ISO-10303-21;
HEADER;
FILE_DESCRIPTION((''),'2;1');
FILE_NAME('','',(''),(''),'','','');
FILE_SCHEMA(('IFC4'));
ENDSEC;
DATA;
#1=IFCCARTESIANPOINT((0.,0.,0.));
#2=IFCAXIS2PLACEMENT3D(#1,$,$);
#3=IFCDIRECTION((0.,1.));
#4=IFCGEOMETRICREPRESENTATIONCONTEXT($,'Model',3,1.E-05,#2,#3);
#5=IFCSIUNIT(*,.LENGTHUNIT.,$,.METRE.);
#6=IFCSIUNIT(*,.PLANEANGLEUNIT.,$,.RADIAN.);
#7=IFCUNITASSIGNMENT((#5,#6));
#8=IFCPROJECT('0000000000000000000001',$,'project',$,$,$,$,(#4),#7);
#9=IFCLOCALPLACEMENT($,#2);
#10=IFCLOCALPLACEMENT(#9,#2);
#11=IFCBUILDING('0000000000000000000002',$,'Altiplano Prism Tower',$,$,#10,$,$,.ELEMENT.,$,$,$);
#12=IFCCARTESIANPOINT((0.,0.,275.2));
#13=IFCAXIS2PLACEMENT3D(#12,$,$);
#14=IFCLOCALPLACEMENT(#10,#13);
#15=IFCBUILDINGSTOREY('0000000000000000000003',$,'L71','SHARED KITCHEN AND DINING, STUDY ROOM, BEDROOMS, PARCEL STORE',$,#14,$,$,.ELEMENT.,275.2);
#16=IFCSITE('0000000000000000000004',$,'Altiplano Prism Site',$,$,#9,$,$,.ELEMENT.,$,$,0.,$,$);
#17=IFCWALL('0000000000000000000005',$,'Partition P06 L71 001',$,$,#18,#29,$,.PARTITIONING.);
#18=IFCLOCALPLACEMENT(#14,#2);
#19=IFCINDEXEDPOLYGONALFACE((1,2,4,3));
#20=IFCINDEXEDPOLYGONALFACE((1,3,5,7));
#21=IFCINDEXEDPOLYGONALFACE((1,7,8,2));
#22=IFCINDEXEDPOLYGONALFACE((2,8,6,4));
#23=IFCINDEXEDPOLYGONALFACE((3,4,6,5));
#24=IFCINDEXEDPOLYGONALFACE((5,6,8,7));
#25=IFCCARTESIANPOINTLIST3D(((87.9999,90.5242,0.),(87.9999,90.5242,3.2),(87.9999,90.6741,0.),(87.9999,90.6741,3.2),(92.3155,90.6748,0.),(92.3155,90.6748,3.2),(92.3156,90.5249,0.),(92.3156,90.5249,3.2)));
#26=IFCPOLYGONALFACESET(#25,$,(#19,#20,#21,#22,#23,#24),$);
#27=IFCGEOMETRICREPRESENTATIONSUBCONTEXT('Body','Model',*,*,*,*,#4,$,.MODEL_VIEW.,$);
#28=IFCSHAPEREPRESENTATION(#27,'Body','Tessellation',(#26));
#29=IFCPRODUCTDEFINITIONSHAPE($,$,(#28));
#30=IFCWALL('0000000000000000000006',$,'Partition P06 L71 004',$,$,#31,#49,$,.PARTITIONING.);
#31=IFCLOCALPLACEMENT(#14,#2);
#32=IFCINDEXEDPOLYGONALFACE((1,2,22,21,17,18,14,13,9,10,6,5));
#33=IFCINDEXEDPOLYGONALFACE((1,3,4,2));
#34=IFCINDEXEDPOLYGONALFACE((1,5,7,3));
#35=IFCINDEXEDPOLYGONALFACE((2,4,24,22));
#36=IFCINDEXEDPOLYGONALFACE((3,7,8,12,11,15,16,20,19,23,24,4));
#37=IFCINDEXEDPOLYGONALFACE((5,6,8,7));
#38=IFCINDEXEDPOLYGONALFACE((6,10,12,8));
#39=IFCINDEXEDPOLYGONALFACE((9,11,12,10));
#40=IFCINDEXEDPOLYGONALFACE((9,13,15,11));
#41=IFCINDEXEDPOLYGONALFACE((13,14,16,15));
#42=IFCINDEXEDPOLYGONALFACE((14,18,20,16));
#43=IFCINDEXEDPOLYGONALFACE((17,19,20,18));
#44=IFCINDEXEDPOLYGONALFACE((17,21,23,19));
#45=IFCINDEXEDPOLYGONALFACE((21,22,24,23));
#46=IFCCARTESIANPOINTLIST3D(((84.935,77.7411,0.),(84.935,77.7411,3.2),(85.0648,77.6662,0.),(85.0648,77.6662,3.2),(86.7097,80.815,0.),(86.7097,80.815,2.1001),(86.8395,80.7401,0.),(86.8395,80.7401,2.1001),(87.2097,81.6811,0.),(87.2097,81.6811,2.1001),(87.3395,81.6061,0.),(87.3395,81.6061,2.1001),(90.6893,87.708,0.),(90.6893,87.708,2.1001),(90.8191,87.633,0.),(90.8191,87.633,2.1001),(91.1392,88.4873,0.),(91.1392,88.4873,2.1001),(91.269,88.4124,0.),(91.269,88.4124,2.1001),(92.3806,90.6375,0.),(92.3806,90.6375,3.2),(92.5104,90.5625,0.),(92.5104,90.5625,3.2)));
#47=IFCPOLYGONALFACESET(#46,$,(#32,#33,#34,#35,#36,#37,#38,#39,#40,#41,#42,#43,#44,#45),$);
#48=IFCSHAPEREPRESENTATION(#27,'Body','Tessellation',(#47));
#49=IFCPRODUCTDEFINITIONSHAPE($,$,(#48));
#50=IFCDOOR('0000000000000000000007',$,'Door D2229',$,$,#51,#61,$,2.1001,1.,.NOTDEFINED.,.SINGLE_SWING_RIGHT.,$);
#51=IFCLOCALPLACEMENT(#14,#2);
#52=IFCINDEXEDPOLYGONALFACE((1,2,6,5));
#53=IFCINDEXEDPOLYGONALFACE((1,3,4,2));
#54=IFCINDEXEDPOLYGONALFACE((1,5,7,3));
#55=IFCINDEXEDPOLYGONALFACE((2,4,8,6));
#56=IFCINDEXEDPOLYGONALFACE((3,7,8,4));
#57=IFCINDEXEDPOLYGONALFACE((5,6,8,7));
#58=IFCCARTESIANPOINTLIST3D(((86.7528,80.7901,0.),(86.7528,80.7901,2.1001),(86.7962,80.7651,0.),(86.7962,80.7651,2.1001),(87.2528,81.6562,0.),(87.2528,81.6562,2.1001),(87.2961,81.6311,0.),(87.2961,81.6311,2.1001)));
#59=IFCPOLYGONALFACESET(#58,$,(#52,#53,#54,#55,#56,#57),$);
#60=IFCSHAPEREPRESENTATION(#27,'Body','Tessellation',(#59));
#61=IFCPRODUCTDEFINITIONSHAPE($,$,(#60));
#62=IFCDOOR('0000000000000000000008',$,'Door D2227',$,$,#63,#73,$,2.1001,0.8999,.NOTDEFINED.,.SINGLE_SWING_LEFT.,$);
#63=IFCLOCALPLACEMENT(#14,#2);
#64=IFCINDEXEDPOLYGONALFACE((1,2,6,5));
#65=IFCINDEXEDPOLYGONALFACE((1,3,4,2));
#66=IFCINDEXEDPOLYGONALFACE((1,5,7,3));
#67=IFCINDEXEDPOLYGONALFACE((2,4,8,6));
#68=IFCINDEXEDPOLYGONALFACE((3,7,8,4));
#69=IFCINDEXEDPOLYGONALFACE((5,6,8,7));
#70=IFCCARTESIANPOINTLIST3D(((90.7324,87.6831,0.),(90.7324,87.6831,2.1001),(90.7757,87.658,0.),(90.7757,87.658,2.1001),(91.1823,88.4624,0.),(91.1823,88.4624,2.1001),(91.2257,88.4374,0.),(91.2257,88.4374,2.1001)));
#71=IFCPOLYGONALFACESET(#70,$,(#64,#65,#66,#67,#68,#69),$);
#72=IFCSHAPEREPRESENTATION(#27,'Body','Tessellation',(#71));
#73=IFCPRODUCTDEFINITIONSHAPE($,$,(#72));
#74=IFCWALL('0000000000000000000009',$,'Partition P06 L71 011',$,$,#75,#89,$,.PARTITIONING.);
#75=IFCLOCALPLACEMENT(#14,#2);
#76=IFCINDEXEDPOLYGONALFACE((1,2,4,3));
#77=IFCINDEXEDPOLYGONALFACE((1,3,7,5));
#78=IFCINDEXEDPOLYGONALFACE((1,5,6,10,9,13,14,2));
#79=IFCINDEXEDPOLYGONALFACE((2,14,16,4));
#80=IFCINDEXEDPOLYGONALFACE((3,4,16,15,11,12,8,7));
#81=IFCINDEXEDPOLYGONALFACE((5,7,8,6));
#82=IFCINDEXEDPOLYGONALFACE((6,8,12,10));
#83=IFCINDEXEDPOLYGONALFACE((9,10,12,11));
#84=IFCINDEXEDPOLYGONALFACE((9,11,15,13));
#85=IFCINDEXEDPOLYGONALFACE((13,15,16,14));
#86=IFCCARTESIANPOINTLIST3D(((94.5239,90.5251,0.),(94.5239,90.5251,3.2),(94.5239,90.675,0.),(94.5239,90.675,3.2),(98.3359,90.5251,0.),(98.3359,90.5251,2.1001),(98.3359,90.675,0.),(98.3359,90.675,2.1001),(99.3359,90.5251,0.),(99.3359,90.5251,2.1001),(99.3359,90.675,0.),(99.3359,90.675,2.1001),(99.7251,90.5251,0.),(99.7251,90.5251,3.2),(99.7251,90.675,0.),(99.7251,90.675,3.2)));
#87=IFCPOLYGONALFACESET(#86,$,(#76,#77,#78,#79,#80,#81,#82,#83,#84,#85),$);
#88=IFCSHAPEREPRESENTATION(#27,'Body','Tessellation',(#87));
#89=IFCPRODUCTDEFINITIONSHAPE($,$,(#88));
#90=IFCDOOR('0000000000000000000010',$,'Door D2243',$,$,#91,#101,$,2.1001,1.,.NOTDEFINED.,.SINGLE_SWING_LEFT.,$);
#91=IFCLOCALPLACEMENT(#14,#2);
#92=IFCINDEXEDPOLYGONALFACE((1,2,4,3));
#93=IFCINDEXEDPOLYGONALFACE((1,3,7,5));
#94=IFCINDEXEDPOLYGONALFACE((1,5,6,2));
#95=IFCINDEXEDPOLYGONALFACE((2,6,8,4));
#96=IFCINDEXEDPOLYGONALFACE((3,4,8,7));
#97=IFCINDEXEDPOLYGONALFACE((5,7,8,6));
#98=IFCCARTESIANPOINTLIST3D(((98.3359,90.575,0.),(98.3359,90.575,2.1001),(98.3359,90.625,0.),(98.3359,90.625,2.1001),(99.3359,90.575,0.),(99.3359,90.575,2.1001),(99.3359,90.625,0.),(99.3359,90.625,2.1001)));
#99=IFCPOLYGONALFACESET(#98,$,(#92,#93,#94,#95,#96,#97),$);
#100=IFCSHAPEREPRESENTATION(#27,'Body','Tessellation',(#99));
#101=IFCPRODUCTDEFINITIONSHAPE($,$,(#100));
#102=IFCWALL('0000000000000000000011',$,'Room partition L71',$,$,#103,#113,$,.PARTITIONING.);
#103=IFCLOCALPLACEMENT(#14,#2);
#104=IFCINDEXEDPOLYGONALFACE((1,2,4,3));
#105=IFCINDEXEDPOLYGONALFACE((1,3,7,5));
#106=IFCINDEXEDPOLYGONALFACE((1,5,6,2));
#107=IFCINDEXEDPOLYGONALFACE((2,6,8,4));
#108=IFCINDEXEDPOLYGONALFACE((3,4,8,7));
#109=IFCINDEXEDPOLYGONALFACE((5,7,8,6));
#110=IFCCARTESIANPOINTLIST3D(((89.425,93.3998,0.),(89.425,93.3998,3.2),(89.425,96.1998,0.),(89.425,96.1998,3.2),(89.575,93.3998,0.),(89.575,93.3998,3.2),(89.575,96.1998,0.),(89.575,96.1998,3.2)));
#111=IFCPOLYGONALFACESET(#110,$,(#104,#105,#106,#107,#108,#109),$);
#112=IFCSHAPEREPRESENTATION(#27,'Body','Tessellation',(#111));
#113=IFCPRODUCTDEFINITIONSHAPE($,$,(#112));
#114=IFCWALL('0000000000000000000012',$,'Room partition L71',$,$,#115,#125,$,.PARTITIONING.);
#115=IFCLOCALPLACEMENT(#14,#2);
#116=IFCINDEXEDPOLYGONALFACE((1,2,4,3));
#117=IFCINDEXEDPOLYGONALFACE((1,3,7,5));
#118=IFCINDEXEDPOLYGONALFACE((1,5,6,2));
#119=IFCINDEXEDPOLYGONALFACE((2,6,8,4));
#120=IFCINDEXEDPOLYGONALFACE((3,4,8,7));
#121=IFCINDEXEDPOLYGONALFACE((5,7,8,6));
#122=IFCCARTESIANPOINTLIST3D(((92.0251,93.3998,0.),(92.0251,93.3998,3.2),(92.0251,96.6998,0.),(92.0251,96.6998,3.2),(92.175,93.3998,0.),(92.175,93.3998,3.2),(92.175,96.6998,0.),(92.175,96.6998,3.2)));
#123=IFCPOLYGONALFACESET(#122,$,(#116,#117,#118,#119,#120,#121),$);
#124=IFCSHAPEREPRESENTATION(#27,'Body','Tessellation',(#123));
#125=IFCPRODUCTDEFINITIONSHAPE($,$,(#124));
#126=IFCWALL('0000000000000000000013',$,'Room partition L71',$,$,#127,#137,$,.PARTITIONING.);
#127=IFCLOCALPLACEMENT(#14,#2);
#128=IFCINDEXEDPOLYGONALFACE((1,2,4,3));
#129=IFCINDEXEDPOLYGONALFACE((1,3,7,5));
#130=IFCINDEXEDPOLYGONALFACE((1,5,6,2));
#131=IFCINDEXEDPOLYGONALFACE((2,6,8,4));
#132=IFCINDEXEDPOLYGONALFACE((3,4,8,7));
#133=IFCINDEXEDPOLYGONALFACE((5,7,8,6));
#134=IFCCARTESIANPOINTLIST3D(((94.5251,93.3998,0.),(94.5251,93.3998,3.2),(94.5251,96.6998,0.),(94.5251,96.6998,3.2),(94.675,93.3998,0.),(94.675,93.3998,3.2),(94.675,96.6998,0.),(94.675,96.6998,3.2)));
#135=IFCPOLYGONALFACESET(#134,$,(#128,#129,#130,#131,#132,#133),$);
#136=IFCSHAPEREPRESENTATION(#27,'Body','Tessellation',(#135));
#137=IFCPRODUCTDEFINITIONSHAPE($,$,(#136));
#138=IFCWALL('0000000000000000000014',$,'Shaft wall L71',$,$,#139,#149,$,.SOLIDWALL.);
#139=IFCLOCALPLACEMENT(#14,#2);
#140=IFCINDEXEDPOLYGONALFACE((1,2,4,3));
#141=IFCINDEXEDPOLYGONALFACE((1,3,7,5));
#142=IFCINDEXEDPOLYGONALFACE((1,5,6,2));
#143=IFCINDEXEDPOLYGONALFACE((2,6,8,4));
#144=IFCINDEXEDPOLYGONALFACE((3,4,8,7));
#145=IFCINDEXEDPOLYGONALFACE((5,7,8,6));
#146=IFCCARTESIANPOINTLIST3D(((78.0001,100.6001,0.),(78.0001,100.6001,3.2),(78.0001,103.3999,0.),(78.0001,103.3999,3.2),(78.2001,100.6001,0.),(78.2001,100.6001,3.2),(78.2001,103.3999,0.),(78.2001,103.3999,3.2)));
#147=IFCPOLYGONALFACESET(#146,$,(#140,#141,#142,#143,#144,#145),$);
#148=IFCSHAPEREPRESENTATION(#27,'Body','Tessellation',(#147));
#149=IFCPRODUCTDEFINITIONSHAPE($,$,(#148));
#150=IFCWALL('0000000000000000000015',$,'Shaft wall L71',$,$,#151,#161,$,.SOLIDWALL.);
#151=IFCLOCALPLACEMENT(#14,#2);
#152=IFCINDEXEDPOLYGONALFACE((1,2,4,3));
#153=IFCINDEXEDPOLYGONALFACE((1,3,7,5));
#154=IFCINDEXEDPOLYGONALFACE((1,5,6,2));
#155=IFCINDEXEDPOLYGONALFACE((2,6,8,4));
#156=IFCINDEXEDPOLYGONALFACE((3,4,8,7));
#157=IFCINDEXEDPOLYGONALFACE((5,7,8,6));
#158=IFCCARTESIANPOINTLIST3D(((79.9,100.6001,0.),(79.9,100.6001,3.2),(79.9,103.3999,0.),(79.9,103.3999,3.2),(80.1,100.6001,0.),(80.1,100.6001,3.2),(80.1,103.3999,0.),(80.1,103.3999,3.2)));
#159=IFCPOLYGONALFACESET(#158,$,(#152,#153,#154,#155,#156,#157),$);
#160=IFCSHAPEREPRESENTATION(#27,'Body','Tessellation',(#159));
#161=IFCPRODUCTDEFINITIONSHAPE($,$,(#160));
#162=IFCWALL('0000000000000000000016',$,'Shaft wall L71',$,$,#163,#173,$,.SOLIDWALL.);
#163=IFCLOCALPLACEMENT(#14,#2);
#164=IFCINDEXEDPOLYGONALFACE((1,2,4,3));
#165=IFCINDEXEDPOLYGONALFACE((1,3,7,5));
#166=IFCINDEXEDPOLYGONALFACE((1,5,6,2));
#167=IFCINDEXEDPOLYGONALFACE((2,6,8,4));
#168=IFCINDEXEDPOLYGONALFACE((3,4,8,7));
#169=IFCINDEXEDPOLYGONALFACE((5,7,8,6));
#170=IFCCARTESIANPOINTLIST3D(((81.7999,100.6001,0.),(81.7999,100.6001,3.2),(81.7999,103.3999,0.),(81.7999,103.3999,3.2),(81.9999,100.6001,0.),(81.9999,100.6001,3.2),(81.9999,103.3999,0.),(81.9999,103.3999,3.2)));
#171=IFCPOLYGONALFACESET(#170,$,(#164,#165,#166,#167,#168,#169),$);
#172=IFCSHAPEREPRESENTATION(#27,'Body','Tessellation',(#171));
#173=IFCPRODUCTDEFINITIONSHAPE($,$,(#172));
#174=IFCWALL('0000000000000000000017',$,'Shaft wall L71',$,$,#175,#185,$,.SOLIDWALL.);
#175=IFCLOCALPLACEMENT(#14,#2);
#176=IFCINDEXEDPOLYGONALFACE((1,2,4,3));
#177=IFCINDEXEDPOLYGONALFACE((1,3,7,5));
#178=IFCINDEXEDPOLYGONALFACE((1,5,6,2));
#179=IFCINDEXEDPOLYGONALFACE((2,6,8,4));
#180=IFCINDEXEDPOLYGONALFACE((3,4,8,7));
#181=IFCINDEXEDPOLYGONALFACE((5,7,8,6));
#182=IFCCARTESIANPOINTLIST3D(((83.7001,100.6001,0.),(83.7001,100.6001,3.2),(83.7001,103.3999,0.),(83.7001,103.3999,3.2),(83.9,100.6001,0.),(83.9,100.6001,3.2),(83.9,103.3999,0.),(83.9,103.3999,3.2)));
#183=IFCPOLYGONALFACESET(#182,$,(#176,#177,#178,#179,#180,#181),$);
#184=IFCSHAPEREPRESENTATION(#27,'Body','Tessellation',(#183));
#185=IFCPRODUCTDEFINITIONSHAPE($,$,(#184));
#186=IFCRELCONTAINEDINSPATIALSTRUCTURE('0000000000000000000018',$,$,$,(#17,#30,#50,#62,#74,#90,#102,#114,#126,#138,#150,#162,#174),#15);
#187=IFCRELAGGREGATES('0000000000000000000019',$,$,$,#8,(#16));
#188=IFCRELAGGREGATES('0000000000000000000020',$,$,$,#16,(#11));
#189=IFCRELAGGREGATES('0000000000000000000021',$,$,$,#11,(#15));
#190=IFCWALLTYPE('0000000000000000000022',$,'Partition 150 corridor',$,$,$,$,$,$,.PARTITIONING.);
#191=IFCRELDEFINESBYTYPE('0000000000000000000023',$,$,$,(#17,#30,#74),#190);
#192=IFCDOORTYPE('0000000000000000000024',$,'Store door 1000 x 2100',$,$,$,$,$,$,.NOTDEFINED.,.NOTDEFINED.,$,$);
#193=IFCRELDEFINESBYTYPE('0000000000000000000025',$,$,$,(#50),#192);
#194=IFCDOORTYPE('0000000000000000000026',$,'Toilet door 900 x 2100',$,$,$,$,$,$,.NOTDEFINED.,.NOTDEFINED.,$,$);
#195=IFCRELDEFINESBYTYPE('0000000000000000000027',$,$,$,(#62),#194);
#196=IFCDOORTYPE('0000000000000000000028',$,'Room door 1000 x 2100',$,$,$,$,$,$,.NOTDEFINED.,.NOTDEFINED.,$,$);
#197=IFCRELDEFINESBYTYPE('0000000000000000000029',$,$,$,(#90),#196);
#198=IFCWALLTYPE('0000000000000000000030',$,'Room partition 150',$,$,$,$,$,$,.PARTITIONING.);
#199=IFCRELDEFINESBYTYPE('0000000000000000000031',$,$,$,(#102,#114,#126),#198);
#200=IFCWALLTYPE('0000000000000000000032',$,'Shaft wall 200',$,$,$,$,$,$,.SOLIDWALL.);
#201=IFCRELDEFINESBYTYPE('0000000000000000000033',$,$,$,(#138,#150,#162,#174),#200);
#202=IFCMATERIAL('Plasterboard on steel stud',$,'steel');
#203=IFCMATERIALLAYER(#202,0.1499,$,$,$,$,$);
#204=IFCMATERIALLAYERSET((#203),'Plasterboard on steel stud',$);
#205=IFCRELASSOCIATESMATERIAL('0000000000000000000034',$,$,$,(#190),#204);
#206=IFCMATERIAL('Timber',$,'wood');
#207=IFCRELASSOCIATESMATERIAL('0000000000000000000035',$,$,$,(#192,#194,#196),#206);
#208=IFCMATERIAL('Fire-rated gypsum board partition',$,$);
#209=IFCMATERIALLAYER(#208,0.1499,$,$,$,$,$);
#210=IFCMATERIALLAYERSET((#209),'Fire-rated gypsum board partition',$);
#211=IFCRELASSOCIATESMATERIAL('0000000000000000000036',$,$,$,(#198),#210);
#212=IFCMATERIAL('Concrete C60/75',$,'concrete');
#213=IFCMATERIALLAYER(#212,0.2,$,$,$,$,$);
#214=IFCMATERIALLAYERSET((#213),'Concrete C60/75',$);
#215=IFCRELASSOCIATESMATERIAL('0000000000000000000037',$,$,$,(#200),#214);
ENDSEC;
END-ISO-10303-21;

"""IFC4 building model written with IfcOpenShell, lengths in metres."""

from ifc_helpers import new_model, si_unit, direction, frame, frame_2d, origin, place, context, subcontext, project, spatial, rectangle, extrude, material, layer, layer_set, type_object, element, fill, save


model = new_model("IFC4")

# Units and contexts
model_context = context("Model", 3, precision=1e-05, world=origin(), true_north=direction((0.0, 1.0)))
body_context = subcontext(model_context, "Body", "Model", "MODEL_VIEW")
ifc_project = project(units=[si_unit("LENGTHUNIT", "METRE"), si_unit("PLANEANGLEUNIT", "RADIAN")], contexts=[model_context])

# Site, building, storey
site_placement = place(None, origin())
site = spatial("IfcSite", under=ifc_project, at=site_placement, Name="Altiplano Prism Site", CompositionType="ELEMENT", RefElevation=0.0)
building_placement = place(site_placement, origin())
building = spatial("IfcBuilding", under=site, at=building_placement, Name="Altiplano Prism Tower", CompositionType="ELEMENT")
storey_placement = place(building_placement, frame((0.0, 0.0, 275.2)))
storey = spatial("IfcBuildingStorey", under=building, at=storey_placement, Name="L71", Description="SHARED KITCHEN AND DINING, STUDY ROOM, BEDROOMS, PARCEL STORE", CompositionType="ELEMENT", Elevation=275.2)

# Wall
ifc_material_1 = material(Name="Plasterboard on steel stud", Category="steel")
ifc_layer_1 = layer(ifc_material_1, 0.1499)
ifc_layer_set_1 = layer_set([ifc_layer_1], Name="Plasterboard on steel stud")
wall_type_1 = type_object("IfcWallType", Name="Partition 150 corridor", PredefinedType="PARTITIONING", material=ifc_layer_set_1)
wall_1_placement = place(storey_placement, frame((88.0, 90.5991, 0.0), z_axis=(0.0, 0.0, 1.0), x_axis=(1.0, 0.00017, 0.0)))
element("IfcWall", 1, at=wall_1_placement, inside=storey, type_object=wall_type_1, Name="Partition P06 L71 001", PredefinedType="PARTITIONING", context=body_context, shape_type="SweptSolid", body=[
    extrude(rectangle(XDim=4.3157, YDim=0.1499, at=frame_2d((2.1577, 0.0))), origin(), (0.0, 0.0, 1.0), 3.2),
])

# Wall, openings, doors
wall_2_placement = place(storey_placement, frame((92.4456, 90.6001, 0.0), z_axis=(0.0, 0.0, 1.0), x_axis=(-0.499995, -0.866028, 0.0)))
wall_2 = element("IfcWall", 2, at=wall_2_placement, inside=storey, type_object=wall_type_1, Name="Partition P06 L71 004", PredefinedType="PARTITIONING", context=body_context, shape_type="SweptSolid", body=[
    extrude(rectangle(XDim=14.8914, YDim=0.1499, at=frame_2d((7.4458, 0.0))), origin(), (0.0, 0.0, 1.0), 3.2),
])
opening_1_placement = place(wall_2_placement, frame((2.4829, 0.0, 0.0)))
opening_1 = element("IfcOpeningElement", 3, at=opening_1_placement, cuts=wall_2, PredefinedType="OPENING", context=body_context, shape_type="SweptSolid", body=[
    extrude(rectangle(XDim=0.8999, YDim=2.1001, at=frame_2d((0.45, 1.05))), frame((0.0, 0.0854, 0.0), z_axis=(0.0, -1.0, 0.0), x_axis=(1.0, 0.0, 0.0)), (0.0, 0.0, 1.0), 0.1709),
])
opening_2_placement = place(wall_2_placement, frame((10.342, 0.0, 0.0)))
opening_2 = element("IfcOpeningElement", 4, at=opening_2_placement, cuts=wall_2, PredefinedType="OPENING", context=body_context, shape_type="SweptSolid", body=[
    extrude(rectangle(XDim=1.0, YDim=2.1001, at=frame_2d((0.5, 1.05))), frame((0.0, 0.0854, 0.0), z_axis=(0.0, -1.0, 0.0), x_axis=(1.0, 0.0, 0.0)), (0.0, 0.0, 1.0), 0.1709),
])
ifc_material_2 = material(Name="Timber", Category="wood")
door_type_1 = type_object("IfcDoorType", Name="Store door 1000 x 2100", OperationType="NOTDEFINED", PredefinedType="NOTDEFINED", material=ifc_material_2)
door_1_placement = place(opening_2_placement, origin())
door_1 = element("IfcDoor", 5, at=door_1_placement, inside=storey, type_object=door_type_1, Name="Door D2229", OperationType="SINGLE_SWING_RIGHT", OverallHeight=2.1001, OverallWidth=1.0, PredefinedType="NOTDEFINED", context=body_context, shape_type="SweptSolid", body=[
    extrude(rectangle(XDim=1.0, YDim=2.1001, at=frame_2d((0.5, 1.05))), frame((0.0, 0.0249, 0.0), z_axis=(0.0, -1.0, 0.0), x_axis=(1.0, 0.0, 0.0)), (0.0, 0.0, 1.0), 0.05),
])
fill(opening_2, door_1)
door_type_2 = type_object("IfcDoorType", Name="Toilet door 900 x 2100", OperationType="NOTDEFINED", PredefinedType="NOTDEFINED", material=ifc_material_2)
door_2_placement = place(opening_1_placement, origin())
door_2 = element("IfcDoor", 6, at=door_2_placement, inside=storey, type_object=door_type_2, Name="Door D2227", OperationType="SINGLE_SWING_LEFT", OverallHeight=2.1001, OverallWidth=0.8999, PredefinedType="NOTDEFINED", context=body_context, shape_type="SweptSolid", body=[
    extrude(rectangle(XDim=0.8999, YDim=2.1001, at=frame_2d((0.45, 1.05))), frame((0.0, 0.0249, 0.0), z_axis=(0.0, -1.0, 0.0), x_axis=(1.0, 0.0, 0.0)), (0.0, 0.0, 1.0), 0.05),
])
fill(opening_1, door_2)

# Wall, opening, door
wall_3_placement = place(storey_placement, frame((94.5239, 90.6001, 0.0), z_axis=(0.0, 0.0, 1.0), x_axis=(1.0, 0.0, 0.0)))
wall_3 = element("IfcWall", 7, at=wall_3_placement, inside=storey, type_object=wall_type_1, Name="Partition P06 L71 011", PredefinedType="PARTITIONING", context=body_context, shape_type="SweptSolid", body=[
    extrude(rectangle(XDim=5.2012, YDim=0.1499, at=frame_2d((2.6006, 0.0))), origin(), (0.0, 0.0, 1.0), 3.2),
])
opening_3_placement = place(wall_3_placement, frame((3.812, 0.0, 0.0)))
opening_3 = element("IfcOpeningElement", 8, at=opening_3_placement, cuts=wall_3, PredefinedType="OPENING", context=body_context, shape_type="SweptSolid", body=[
    extrude(rectangle(XDim=1.0, YDim=2.1001, at=frame_2d((0.5, 1.05))), frame((0.0, 0.0854, 0.0), z_axis=(0.0, -1.0, 0.0), x_axis=(1.0, 0.0, 0.0)), (0.0, 0.0, 1.0), 0.1709),
])
door_type_3 = type_object("IfcDoorType", Name="Room door 1000 x 2100", OperationType="NOTDEFINED", PredefinedType="NOTDEFINED", material=ifc_material_2)
door_3_placement = place(opening_3_placement, origin())
door_3 = element("IfcDoor", 9, at=door_3_placement, inside=storey, type_object=door_type_3, Name="Door D2243", OperationType="SINGLE_SWING_LEFT", OverallHeight=2.1001, OverallWidth=1.0, PredefinedType="NOTDEFINED", context=body_context, shape_type="SweptSolid", body=[
    extrude(rectangle(XDim=1.0, YDim=2.1001, at=frame_2d((0.5, 1.05))), frame((0.0, 0.0249, 0.0), z_axis=(0.0, -1.0, 0.0), x_axis=(1.0, 0.0, 0.0)), (0.0, 0.0, 1.0), 0.05),
])
fill(opening_3, door_3)

# Walls
ifc_material_3 = material(Name="Fire-rated gypsum board partition")
ifc_layer_2 = layer(ifc_material_3, 0.1499)
ifc_layer_set_2 = layer_set([ifc_layer_2], Name="Fire-rated gypsum board partition")
wall_type_2 = type_object("IfcWallType", Name="Room partition 150", PredefinedType="PARTITIONING", material=ifc_layer_set_2)
wall_4_placement = place(storey_placement, frame((89.5, 93.3999, 0.0), z_axis=(0.0, 0.0, 1.0), x_axis=(0.0, 1.0, 0.0)))
element("IfcWall", 10, at=wall_4_placement, inside=storey, type_object=wall_type_2, Name="Room partition L71", PredefinedType="PARTITIONING", context=body_context, shape_type="SweptSolid", body=[
    extrude(rectangle(XDim=2.8, YDim=0.1499, at=frame_2d((1.3999, 0.0))), origin(), (0.0, 0.0, 1.0), 3.2),
])
for number, where, z_axis, x_axis, name in (
    (11, (92.1001, 93.3999, 0.0), (0.0, 0.0, 1.0), (0.0, 1.0, 0.0), "Room partition L71"),
    (12, (94.6001, 93.3999, 0.0), (0.0, 0.0, 1.0), (0.0, 1.0, 0.0), "Room partition L71"),
):
    element("IfcWall", number, at=place(storey_placement, frame(where, z_axis=z_axis, x_axis=x_axis)), inside=storey, type_object=wall_type_2, Name=name, PredefinedType="PARTITIONING", context=body_context, shape_type="SweptSolid", body=[
        extrude(rectangle(XDim=3.3, YDim=0.1499, at=frame_2d((1.6499, 0.0))), origin(), (0.0, 0.0, 1.0), 3.2),
    ])
ifc_material_4 = material(Name="Concrete C60/75", Category="concrete")
ifc_layer_3 = layer(ifc_material_4, 0.2)
ifc_layer_set_3 = layer_set([ifc_layer_3], Name="Concrete C60/75")
wall_type_3 = type_object("IfcWallType", Name="Shaft wall 200", PredefinedType="SOLIDWALL", material=ifc_layer_set_3)
for number, where, z_axis, x_axis, name in (
    (13, (78.1001, 100.6001, 0.0), (0.0, 0.0, 1.0), (0.0, 1.0, 0.0), "Shaft wall L71"),
    (14, (80.0, 100.6001, 0.0), (0.0, 0.0, 1.0), (0.0, 1.0, 0.0), "Shaft wall L71"),
    (15, (81.8999, 100.6001, 0.0), (0.0, 0.0, 1.0), (0.0, 1.0, 0.0), "Shaft wall L71"),
    (16, (83.8, 100.6001, 0.0), (0.0, 0.0, 1.0), (0.0, 1.0, 0.0), "Shaft wall L71"),
):
    element("IfcWall", number, at=place(storey_placement, frame(where, z_axis=z_axis, x_axis=x_axis)), inside=storey, type_object=wall_type_3, Name=name, PredefinedType="SOLIDWALL", context=body_context, shape_type="SweptSolid", body=[
        extrude(rectangle(XDim=2.7998, YDim=0.2, at=frame_2d((1.3999, 0.0))), origin(), (0.0, 0.0, 1.0), 3.2),
    ])

save(model, "model.ifc")
